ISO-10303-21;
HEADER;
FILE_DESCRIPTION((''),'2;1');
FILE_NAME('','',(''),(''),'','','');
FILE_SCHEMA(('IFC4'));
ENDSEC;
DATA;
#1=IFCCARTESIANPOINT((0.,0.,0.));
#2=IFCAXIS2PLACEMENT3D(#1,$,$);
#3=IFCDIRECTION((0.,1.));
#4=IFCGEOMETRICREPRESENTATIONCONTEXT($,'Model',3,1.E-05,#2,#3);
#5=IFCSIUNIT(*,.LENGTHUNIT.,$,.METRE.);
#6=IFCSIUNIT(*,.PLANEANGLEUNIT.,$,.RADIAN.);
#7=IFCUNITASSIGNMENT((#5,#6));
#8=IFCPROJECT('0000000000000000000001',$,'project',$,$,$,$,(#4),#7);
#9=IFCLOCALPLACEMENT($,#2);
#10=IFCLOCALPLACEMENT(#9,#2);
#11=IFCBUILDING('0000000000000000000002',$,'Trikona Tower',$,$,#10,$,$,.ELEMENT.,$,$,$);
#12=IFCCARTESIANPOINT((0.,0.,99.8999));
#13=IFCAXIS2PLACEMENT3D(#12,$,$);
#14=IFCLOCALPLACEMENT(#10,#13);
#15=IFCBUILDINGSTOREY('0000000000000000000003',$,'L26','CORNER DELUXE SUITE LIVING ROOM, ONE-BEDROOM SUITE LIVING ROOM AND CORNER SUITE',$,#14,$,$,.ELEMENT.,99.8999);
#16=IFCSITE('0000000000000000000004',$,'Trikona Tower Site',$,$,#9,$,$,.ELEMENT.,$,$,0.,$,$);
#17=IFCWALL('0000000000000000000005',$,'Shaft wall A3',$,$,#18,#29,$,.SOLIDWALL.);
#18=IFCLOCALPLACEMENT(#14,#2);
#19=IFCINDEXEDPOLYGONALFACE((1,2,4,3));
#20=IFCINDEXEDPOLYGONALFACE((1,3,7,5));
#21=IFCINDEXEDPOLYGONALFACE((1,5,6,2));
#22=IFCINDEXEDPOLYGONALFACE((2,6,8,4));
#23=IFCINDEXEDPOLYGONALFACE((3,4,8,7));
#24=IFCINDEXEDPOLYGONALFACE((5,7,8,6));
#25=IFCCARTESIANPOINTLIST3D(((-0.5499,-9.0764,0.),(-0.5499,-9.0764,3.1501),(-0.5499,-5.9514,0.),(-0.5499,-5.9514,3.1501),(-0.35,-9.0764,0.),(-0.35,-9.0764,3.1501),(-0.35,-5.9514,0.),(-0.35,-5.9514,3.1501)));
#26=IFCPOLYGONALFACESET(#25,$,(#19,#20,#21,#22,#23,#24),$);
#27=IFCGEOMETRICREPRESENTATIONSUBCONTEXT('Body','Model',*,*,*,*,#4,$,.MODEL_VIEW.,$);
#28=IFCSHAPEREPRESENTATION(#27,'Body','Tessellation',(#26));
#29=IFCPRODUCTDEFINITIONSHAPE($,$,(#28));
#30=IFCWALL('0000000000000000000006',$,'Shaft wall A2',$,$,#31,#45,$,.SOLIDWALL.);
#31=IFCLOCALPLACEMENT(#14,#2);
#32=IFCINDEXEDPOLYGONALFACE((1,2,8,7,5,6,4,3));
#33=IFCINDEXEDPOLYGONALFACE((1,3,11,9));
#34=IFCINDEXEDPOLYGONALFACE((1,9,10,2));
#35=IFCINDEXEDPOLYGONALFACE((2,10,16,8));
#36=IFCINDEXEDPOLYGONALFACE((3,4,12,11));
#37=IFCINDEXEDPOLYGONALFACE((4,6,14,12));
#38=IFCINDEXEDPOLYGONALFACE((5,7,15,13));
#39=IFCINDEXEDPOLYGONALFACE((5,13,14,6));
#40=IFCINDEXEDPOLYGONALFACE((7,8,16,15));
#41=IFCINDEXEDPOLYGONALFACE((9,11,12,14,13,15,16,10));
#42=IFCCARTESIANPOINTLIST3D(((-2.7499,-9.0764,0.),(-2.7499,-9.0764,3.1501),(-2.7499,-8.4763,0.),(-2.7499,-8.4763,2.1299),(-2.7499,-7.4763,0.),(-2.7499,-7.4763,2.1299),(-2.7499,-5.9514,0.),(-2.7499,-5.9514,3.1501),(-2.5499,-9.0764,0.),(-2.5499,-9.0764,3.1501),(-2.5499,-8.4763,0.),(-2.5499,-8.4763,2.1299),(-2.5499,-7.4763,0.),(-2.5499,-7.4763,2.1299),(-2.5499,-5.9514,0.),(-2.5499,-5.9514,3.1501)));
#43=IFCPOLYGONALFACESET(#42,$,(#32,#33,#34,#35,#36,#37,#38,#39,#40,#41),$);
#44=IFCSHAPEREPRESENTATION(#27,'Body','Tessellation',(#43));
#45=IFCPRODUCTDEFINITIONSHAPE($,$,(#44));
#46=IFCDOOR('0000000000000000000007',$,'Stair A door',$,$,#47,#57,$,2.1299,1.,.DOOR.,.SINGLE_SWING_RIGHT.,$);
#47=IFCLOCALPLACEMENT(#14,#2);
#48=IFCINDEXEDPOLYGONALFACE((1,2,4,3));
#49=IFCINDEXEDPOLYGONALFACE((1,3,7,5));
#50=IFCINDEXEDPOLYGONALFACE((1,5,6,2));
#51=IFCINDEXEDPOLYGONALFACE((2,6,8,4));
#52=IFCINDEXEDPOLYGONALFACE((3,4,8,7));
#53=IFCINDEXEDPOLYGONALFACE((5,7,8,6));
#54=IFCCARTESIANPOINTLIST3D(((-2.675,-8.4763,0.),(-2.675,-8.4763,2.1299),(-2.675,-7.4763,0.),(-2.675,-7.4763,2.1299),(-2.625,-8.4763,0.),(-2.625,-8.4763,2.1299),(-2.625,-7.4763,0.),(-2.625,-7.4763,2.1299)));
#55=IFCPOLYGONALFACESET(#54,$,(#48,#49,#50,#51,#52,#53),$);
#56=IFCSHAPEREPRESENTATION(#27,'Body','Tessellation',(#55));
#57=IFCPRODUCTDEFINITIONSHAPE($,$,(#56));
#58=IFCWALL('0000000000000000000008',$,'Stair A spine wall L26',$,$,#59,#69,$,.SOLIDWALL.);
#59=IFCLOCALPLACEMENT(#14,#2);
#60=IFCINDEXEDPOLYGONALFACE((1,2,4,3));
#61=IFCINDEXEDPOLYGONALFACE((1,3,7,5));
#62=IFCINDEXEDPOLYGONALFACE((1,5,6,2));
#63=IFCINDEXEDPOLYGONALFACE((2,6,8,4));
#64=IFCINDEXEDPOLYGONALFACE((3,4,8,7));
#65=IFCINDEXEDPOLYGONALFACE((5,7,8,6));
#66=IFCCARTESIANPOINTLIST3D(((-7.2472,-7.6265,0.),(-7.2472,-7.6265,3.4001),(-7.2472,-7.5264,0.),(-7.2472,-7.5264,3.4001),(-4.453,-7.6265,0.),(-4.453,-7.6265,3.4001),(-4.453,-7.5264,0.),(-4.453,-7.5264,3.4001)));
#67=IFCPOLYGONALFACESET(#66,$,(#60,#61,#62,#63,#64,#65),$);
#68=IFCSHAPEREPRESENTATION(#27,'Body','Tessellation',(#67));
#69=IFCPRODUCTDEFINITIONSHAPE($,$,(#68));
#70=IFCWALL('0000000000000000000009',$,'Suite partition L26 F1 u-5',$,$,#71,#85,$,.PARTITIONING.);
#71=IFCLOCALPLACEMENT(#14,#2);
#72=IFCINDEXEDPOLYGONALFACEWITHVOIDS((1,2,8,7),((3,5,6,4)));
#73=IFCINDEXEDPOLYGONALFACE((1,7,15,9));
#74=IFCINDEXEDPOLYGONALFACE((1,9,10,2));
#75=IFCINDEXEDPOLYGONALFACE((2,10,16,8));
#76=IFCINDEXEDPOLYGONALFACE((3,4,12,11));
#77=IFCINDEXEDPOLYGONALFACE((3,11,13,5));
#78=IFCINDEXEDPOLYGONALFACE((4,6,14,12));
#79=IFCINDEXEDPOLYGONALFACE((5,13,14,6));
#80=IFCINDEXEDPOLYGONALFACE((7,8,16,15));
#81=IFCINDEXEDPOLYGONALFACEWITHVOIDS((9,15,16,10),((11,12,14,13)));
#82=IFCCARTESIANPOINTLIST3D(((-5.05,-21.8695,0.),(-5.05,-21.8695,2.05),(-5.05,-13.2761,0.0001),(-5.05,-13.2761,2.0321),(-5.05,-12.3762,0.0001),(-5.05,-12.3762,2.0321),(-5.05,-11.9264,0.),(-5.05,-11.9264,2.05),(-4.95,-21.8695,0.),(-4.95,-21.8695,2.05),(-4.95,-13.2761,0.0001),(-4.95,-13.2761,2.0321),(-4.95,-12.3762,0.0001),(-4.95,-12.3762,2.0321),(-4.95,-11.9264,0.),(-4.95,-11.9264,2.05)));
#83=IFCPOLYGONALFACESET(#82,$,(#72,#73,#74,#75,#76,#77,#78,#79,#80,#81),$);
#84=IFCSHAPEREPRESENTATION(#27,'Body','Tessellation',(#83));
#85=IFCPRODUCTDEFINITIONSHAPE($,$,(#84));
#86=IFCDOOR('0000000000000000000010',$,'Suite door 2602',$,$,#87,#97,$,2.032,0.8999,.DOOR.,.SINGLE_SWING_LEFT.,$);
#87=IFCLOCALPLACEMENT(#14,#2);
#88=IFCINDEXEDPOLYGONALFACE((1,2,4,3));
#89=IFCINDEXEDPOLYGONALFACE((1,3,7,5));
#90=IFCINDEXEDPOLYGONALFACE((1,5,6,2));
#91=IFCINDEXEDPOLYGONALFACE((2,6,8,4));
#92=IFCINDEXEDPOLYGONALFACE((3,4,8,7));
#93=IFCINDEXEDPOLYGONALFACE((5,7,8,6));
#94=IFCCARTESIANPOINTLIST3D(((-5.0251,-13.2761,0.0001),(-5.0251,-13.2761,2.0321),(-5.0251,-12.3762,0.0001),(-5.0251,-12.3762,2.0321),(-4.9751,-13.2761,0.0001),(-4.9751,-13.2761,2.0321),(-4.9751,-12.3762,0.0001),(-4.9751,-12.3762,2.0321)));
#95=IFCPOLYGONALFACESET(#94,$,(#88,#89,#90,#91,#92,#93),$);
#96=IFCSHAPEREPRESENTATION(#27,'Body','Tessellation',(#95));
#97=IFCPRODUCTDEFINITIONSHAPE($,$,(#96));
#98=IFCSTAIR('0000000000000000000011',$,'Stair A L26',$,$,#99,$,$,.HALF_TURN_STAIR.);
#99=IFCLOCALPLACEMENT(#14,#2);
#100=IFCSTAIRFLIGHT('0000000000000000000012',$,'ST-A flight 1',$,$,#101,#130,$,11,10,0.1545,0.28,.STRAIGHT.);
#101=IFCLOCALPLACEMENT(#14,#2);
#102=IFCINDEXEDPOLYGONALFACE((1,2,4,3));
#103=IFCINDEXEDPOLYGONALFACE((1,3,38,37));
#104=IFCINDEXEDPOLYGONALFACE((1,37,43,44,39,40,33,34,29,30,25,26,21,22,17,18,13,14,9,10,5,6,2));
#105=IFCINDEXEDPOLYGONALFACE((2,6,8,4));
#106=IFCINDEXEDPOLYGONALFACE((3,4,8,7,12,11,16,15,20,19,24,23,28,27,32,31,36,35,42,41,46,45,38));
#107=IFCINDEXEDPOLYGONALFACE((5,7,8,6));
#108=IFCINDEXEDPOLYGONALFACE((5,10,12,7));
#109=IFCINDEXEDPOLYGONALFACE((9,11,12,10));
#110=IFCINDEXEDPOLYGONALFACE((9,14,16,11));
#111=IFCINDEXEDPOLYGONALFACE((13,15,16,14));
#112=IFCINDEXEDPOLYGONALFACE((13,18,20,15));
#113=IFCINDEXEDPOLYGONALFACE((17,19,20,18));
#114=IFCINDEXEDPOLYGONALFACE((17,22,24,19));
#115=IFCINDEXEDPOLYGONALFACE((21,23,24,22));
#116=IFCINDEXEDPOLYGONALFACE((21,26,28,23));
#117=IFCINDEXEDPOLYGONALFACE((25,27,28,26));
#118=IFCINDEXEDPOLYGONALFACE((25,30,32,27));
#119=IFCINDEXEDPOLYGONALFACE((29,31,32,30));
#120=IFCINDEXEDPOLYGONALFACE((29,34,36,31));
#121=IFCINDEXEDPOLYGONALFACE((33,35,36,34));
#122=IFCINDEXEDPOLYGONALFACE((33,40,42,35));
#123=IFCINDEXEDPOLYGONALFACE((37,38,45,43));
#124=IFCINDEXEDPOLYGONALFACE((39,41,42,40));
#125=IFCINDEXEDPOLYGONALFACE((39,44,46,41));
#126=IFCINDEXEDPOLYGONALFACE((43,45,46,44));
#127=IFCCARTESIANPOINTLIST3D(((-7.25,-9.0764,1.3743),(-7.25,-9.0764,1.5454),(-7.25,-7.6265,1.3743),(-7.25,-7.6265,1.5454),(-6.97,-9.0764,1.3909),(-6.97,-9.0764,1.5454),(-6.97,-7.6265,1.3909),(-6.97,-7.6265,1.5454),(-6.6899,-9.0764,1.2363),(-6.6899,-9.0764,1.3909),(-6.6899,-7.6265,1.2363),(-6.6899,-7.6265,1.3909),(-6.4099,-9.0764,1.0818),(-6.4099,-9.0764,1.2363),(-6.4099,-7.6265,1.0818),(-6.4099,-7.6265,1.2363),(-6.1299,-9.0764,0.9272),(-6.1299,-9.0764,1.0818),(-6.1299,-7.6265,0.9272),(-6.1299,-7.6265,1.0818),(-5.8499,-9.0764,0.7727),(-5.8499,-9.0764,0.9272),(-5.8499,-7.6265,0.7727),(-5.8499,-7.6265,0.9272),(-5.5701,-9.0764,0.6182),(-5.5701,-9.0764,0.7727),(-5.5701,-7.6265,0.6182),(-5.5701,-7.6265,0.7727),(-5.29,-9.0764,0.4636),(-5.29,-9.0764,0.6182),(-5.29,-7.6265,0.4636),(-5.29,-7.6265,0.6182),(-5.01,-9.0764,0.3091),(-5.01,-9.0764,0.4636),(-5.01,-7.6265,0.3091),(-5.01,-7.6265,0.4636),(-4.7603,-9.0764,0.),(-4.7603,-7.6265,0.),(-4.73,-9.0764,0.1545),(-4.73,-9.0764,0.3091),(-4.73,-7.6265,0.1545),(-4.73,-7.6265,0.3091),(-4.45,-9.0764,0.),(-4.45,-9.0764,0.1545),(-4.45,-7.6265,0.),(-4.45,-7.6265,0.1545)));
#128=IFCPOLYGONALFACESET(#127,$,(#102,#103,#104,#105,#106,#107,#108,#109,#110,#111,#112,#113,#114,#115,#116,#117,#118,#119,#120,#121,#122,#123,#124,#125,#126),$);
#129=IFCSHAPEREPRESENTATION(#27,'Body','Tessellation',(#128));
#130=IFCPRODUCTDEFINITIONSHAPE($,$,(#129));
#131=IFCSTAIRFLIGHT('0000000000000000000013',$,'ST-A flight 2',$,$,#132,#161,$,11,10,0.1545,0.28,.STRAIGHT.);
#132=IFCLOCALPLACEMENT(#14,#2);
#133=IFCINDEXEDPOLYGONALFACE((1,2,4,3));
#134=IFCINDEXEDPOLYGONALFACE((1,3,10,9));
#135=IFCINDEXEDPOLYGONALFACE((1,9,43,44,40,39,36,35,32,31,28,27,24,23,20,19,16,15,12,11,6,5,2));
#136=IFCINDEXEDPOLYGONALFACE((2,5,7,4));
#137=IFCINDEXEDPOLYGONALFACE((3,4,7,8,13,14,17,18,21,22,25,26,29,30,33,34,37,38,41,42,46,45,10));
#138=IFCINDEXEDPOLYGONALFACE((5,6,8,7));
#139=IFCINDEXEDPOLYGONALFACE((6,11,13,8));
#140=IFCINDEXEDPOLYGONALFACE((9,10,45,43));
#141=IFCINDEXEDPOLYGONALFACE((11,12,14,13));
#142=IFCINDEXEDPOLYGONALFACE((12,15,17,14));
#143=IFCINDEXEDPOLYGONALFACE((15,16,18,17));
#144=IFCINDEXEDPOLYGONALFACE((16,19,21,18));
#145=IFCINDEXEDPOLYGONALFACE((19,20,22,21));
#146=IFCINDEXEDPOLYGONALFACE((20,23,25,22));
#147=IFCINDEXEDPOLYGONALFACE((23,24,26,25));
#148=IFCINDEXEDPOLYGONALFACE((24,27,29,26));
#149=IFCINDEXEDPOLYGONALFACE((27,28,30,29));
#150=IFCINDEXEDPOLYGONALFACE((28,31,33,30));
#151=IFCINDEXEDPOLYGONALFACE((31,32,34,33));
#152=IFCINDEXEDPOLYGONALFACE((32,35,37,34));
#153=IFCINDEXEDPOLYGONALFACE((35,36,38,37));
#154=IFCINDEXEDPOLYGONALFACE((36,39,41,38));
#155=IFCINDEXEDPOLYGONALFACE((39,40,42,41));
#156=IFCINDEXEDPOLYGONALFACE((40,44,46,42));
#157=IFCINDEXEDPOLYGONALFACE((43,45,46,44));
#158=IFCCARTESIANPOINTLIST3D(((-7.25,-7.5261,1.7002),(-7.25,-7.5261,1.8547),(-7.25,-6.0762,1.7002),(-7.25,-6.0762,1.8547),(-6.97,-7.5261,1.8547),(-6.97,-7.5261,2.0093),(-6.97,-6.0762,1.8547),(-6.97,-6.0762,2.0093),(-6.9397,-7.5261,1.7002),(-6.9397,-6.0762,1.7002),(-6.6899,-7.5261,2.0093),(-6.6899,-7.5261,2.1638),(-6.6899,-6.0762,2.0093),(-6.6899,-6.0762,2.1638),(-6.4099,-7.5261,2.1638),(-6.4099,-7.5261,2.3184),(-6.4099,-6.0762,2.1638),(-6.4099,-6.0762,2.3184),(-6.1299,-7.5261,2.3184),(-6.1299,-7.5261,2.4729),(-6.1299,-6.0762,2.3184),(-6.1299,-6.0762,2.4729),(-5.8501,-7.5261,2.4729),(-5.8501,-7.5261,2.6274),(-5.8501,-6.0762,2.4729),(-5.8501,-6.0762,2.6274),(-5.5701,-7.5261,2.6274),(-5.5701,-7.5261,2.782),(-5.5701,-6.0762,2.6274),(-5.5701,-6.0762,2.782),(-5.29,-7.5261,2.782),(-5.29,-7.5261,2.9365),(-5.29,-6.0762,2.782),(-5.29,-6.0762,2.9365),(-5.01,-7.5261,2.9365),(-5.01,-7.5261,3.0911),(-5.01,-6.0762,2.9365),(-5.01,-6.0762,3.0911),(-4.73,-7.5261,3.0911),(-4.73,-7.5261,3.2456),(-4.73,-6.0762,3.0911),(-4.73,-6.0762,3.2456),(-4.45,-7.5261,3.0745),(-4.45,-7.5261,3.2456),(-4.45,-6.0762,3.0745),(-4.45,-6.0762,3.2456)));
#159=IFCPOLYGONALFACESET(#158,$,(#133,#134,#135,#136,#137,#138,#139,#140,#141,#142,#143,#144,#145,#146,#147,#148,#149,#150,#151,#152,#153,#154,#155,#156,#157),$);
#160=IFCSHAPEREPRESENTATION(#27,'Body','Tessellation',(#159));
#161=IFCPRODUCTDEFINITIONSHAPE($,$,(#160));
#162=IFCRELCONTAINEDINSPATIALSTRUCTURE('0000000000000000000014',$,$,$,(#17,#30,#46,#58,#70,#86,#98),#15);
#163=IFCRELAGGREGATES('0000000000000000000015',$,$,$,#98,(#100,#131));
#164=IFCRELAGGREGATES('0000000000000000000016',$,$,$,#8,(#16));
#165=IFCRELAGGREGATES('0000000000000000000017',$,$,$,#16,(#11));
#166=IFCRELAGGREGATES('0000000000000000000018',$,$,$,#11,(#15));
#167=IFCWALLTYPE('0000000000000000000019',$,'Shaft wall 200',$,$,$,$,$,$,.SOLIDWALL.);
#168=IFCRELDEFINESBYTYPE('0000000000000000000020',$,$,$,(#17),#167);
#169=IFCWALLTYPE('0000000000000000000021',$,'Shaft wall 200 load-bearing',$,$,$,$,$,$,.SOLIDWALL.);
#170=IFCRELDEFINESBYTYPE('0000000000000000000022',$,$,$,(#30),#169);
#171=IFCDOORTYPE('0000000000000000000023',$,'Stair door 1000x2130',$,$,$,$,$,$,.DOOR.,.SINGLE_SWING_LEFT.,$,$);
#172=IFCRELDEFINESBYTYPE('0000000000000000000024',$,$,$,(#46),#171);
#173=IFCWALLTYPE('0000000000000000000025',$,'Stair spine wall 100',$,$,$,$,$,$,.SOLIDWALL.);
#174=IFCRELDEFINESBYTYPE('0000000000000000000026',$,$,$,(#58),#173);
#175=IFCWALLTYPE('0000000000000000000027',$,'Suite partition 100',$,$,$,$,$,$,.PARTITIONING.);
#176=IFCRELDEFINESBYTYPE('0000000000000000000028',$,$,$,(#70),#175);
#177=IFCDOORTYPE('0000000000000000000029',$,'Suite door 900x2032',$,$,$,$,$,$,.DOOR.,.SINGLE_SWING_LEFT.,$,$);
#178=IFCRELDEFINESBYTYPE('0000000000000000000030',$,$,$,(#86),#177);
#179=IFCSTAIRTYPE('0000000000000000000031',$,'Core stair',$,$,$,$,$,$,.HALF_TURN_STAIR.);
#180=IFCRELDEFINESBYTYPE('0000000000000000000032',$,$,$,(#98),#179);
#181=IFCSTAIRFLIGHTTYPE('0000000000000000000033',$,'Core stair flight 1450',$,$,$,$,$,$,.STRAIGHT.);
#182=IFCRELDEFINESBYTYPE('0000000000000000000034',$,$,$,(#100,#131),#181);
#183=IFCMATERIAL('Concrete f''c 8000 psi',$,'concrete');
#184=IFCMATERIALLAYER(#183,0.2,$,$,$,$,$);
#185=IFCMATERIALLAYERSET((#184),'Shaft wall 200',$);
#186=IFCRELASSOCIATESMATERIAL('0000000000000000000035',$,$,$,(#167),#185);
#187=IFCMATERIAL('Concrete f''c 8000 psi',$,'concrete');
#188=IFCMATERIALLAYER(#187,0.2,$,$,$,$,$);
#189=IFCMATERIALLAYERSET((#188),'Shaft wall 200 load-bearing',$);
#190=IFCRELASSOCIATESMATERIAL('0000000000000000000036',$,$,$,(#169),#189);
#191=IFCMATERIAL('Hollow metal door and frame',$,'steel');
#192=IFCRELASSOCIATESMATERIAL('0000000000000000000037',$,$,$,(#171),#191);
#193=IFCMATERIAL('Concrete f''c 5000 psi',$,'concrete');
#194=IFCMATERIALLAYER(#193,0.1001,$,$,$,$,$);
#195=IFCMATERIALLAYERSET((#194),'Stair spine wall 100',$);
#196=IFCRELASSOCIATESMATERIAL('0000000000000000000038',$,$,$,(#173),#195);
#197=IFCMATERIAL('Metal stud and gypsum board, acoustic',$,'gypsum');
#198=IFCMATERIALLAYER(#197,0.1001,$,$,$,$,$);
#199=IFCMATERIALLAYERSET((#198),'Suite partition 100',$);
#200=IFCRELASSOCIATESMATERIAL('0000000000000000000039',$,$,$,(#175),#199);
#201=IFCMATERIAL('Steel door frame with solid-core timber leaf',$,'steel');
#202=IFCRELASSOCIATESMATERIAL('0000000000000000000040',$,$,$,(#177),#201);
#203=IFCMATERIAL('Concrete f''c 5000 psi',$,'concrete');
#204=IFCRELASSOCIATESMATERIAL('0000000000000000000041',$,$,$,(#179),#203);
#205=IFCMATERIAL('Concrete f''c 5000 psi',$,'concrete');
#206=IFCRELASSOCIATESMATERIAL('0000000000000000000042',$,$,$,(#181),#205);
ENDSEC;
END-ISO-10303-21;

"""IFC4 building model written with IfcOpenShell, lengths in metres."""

from ifc_helpers import new_model, si_unit, direction, frame, frame_2d, origin, place, context, subcontext, project, spatial, polyline, rectangle, outline, extrude, material, layer, layer_set, type_object, element, fill, aggregate, save


model = new_model("IFC4")

# Units and contexts
model_context = context("Model", 3, precision=1e-05, world=origin(), true_north=direction((0.0, 1.0)))
body_context = subcontext(model_context, "Body", "Model", "MODEL_VIEW")
ifc_project = project(units=[si_unit("LENGTHUNIT", "METRE"), si_unit("PLANEANGLEUNIT", "RADIAN")], contexts=[model_context])

# Site, building, storey
site_placement = place(None, origin())
site = spatial("IfcSite", under=ifc_project, at=site_placement, Name="Trikona Tower Site", CompositionType="ELEMENT", RefElevation=0.0)
building_placement = place(site_placement, origin())
building = spatial("IfcBuilding", under=site, at=building_placement, Name="Trikona Tower", CompositionType="ELEMENT")
storey_placement = place(building_placement, frame((0.0, 0.0, 99.8999)))
storey = spatial("IfcBuildingStorey", under=building, at=storey_placement, Name="L26", Description="CORNER DELUXE SUITE LIVING ROOM, ONE-BEDROOM SUITE LIVING ROOM AND CORNER SUITE", CompositionType="ELEMENT", Elevation=99.8999)

# Wall
ifc_material_1 = material(Name="Concrete f'c 8000 psi", Category="concrete")
ifc_layer_1 = layer(ifc_material_1, 0.2)
ifc_layer_set_1 = layer_set([ifc_layer_1], Name="Shaft wall 200")
wall_type_1 = type_object("IfcWallType", Name="Shaft wall 200", PredefinedType="SOLIDWALL", material=ifc_layer_set_1)
wall_1_placement = place(storey_placement, frame((-0.45, -5.9514, 0.0), z_axis=(0.0, 0.0, 1.0), x_axis=(0.0, -1.0, 0.0)))
element("IfcWall", 1, at=wall_1_placement, inside=storey, type_object=wall_type_1, Name="Shaft wall A3", PredefinedType="SOLIDWALL", context=body_context, shape_type="SweptSolid", body=[
    extrude(rectangle(XDim=3.125, YDim=0.2, at=frame_2d((1.5625, 0.0))), origin(), (0.0, 0.0, 1.0), 3.1501),
])

# Wall, opening, door
ifc_material_2 = material(Name="Concrete f'c 8000 psi", Category="concrete")
ifc_layer_2 = layer(ifc_material_2, 0.2)
ifc_layer_set_2 = layer_set([ifc_layer_2], Name="Shaft wall 200 load-bearing")
wall_type_2 = type_object("IfcWallType", Name="Shaft wall 200 load-bearing", PredefinedType="SOLIDWALL", material=ifc_layer_set_2)
wall_2_placement = place(storey_placement, frame((-2.6499, -5.9514, 0.0), z_axis=(0.0, 0.0, 1.0), x_axis=(0.0, -1.0, 0.0)))
wall_2 = element("IfcWall", 2, at=wall_2_placement, inside=storey, type_object=wall_type_2, Name="Shaft wall A2", PredefinedType="SOLIDWALL", context=body_context, shape_type="SweptSolid", body=[
    extrude(rectangle(XDim=3.125, YDim=0.2, at=frame_2d((1.5625, 0.0))), origin(), (0.0, 0.0, 1.0), 3.1501),
])
opening_1_placement = place(wall_2_placement, frame((1.5249, 0.0, 0.0)))
opening_1 = element("IfcOpeningElement", 3, at=opening_1_placement, cuts=wall_2, PredefinedType="OPENING", context=body_context, shape_type="SweptSolid", body=[
    extrude(rectangle(XDim=1.0, YDim=2.1299, at=frame_2d((0.5, 1.0649))), frame((0.0, 0.1099, 0.0), z_axis=(0.0, -1.0, 0.0), x_axis=(1.0, 0.0, 0.0)), (0.0, 0.0, 1.0), 0.22),
])
ifc_material_3 = material(Name="Hollow metal door and frame", Category="steel")
door_type_1 = type_object("IfcDoorType", Name="Stair door 1000x2130", OperationType="SINGLE_SWING_LEFT", PredefinedType="DOOR", material=ifc_material_3)
door_1_placement = place(opening_1_placement, origin())
door_1 = element("IfcDoor", 4, at=door_1_placement, inside=storey, type_object=door_type_1, Name="Stair A door", OperationType="SINGLE_SWING_RIGHT", OverallHeight=2.1299, OverallWidth=1.0, PredefinedType="DOOR", context=body_context, shape_type="SweptSolid", body=[
    extrude(rectangle(XDim=1.0, YDim=2.1299, at=frame_2d((0.5, 1.0649))), frame((0.0, 0.0249, 0.0), z_axis=(0.0, -1.0, 0.0), x_axis=(1.0, 0.0, 0.0)), (0.0, 0.0, 1.0), 0.05),
])
fill(opening_1, door_1)

# Wall
ifc_material_4 = material(Name="Concrete f'c 5000 psi", Category="concrete")
ifc_layer_3 = layer(ifc_material_4, 0.1001)
ifc_layer_set_3 = layer_set([ifc_layer_3], Name="Stair spine wall 100")
wall_type_3 = type_object("IfcWallType", Name="Stair spine wall 100", PredefinedType="SOLIDWALL", material=ifc_layer_set_3)
wall_3_placement = place(storey_placement, frame((-7.2471, -7.5764, 0.0), z_axis=(0.0, 0.0, 1.0), x_axis=(1.0, 0.0, 0.0)))
element("IfcWall", 5, at=wall_3_placement, inside=storey, type_object=wall_type_3, Name="Stair A spine wall L26", PredefinedType="SOLIDWALL", context=body_context, shape_type="SweptSolid", body=[
    extrude(rectangle(XDim=2.7942, YDim=0.1001, at=frame_2d((1.397, 0.0))), origin(), (0.0, 0.0, 1.0), 3.4001),
])

# Wall, opening, door
ifc_material_5 = material(Name="Metal stud and gypsum board, acoustic", Category="gypsum")
ifc_layer_4 = layer(ifc_material_5, 0.1001)
ifc_layer_set_4 = layer_set([ifc_layer_4], Name="Suite partition 100")
wall_type_4 = type_object("IfcWallType", Name="Suite partition 100", PredefinedType="PARTITIONING", material=ifc_layer_set_4)
wall_4_placement = place(storey_placement, frame((-5.0, -11.9263, 0.0), z_axis=(0.0, 0.0, 1.0), x_axis=(0.0, -1.0, 0.0)))
wall_4 = element("IfcWall", 6, at=wall_4_placement, inside=storey, type_object=wall_type_4, Name="Suite partition L26 F1 u-5", PredefinedType="PARTITIONING", context=body_context, shape_type="SweptSolid", body=[
    extrude(rectangle(XDim=9.9431, YDim=0.1001, at=frame_2d((4.9717, 0.0))), origin(), (0.0, 0.0, 1.0), 2.05),
])
opening_2_placement = place(wall_4_placement, frame((0.45, 0.0, 0.0)))
opening_2 = element("IfcOpeningElement", 7, at=opening_2_placement, cuts=wall_4, PredefinedType="OPENING", context=body_context, shape_type="SweptSolid", body=[
    extrude(rectangle(XDim=0.8999, YDim=2.032, at=frame_2d((0.45, 1.0161))), frame((0.0, 0.0601, 0.0), z_axis=(0.0, -1.0, 0.0), x_axis=(1.0, 0.0, 0.0)), (0.0, 0.0, 1.0), 0.1201),
])
ifc_material_6 = material(Name="Steel door frame with solid-core timber leaf", Category="steel")
door_type_2 = type_object("IfcDoorType", Name="Suite door 900x2032", OperationType="SINGLE_SWING_LEFT", PredefinedType="DOOR", material=ifc_material_6)
door_2_placement = place(opening_2_placement, origin())
door_2 = element("IfcDoor", 8, at=door_2_placement, inside=storey, type_object=door_type_2, Name="Suite door 2602", OperationType="SINGLE_SWING_LEFT", OverallHeight=2.032, OverallWidth=0.8999, PredefinedType="DOOR", context=body_context, shape_type="SweptSolid", body=[
    extrude(rectangle(XDim=0.8999, YDim=2.032, at=frame_2d((0.45, 1.0161))), frame((0.0, 0.0249, 0.0), z_axis=(0.0, -1.0, 0.0), x_axis=(1.0, 0.0, 0.0)), (0.0, 0.0, 1.0), 0.05),
])
fill(opening_2, door_2)

# Stair, stair flights
ifc_material_7 = material(Name="Concrete f'c 5000 psi", Category="concrete")
stair_type = type_object("IfcStairType", Name="Core stair", PredefinedType="HALF_TURN_STAIR", material=ifc_material_7)
stair_placement = place(storey_placement, origin())
stair = element("IfcStair", 9, at=stair_placement, inside=storey, type_object=stair_type, Name="Stair A L26", PredefinedType="HALF_TURN_STAIR")
ifc_material_8 = material(Name="Concrete f'c 5000 psi", Category="concrete")
stair_flight_type = type_object("IfcStairFlightType", Name="Core stair flight 1450", PredefinedType="STRAIGHT", material=ifc_material_8)
stair_flight_1_placement = place(storey_placement, frame((-4.45, -8.3513, 0.0), z_axis=(0.0, 0.0, 1.0), x_axis=(-1.0, 0.0, 0.0)))
stair_flight_1 = element("IfcStairFlight", 10, at=stair_flight_1_placement, type_object=stair_flight_type, Name="ST-A flight 1", NumberOfRisers=11, NumberOfTreads=10, PredefinedType="STRAIGHT", RiserHeight=0.1545, TreadLength=0.28, context=body_context, shape_type="SweptSolid", body=[
    extrude(outline(polyline([(0.0, 0.0), (0.0, 0.1545), (0.28, 0.1545), (0.28, 0.3091), (0.5601, 0.3091), (0.5601, 0.4636), (0.8401, 0.4636), (0.8401, 0.6182), (1.1201, 0.6182), (1.1201, 0.7727), (1.3999, 0.7727), (1.3999, 0.9272), (1.6799, 0.9272), (1.6799, 1.0818), (1.96, 1.0818), (1.96, 1.2363), (2.24, 1.2363), (2.24, 1.3909), (2.52, 1.3909), (2.52, 1.5454), (2.8, 1.5454), (2.8, 1.7), (2.8, 1.3743), (0.3103, 0.0), (0.0, 0.0)])), frame((0.0, 0.7251, 0.0), z_axis=(0.0, -1.0, 0.0), x_axis=(1.0, 0.0, 0.0)), (0.0, 0.0, 1.0), 1.45),
])
stair_flight_2_placement = place(storey_placement, frame((-7.25, -6.8013, 1.7002), z_axis=(0.0, 0.0, 1.0), x_axis=(1.0, 0.0, 0.0)))
stair_flight_2 = element("IfcStairFlight", 11, at=stair_flight_2_placement, type_object=stair_flight_type, Name="ST-A flight 2", NumberOfRisers=11, NumberOfTreads=10, PredefinedType="STRAIGHT", RiserHeight=0.1545, TreadLength=0.28, context=body_context, shape_type="SweptSolid", body=[
    extrude(outline(polyline([(0.0, 0.0), (0.0, 0.1545), (0.28, 0.1545), (0.28, 0.3091), (0.5601, 0.3091), (0.5601, 0.4636), (0.8401, 0.4636), (0.8401, 0.6182), (1.1201, 0.6182), (1.1201, 0.7727), (1.3999, 0.7727), (1.3999, 0.9272), (1.6799, 0.9272), (1.6799, 1.0818), (1.96, 1.0818), (1.96, 1.2363), (2.24, 1.2363), (2.24, 1.3909), (2.52, 1.3909), (2.52, 1.5454), (2.8, 1.5454), (2.8, 1.7), (2.8, 1.3743), (0.3103, 0.0), (0.0, 0.0)])), frame((0.0, 0.7251, 0.0), z_axis=(0.0, -1.0, 0.0), x_axis=(1.0, 0.0, 0.0)), (0.0, 0.0, 1.0), 1.45),
])
aggregate(stair, [stair_flight_1, stair_flight_2])

save(model, "model.ifc")
